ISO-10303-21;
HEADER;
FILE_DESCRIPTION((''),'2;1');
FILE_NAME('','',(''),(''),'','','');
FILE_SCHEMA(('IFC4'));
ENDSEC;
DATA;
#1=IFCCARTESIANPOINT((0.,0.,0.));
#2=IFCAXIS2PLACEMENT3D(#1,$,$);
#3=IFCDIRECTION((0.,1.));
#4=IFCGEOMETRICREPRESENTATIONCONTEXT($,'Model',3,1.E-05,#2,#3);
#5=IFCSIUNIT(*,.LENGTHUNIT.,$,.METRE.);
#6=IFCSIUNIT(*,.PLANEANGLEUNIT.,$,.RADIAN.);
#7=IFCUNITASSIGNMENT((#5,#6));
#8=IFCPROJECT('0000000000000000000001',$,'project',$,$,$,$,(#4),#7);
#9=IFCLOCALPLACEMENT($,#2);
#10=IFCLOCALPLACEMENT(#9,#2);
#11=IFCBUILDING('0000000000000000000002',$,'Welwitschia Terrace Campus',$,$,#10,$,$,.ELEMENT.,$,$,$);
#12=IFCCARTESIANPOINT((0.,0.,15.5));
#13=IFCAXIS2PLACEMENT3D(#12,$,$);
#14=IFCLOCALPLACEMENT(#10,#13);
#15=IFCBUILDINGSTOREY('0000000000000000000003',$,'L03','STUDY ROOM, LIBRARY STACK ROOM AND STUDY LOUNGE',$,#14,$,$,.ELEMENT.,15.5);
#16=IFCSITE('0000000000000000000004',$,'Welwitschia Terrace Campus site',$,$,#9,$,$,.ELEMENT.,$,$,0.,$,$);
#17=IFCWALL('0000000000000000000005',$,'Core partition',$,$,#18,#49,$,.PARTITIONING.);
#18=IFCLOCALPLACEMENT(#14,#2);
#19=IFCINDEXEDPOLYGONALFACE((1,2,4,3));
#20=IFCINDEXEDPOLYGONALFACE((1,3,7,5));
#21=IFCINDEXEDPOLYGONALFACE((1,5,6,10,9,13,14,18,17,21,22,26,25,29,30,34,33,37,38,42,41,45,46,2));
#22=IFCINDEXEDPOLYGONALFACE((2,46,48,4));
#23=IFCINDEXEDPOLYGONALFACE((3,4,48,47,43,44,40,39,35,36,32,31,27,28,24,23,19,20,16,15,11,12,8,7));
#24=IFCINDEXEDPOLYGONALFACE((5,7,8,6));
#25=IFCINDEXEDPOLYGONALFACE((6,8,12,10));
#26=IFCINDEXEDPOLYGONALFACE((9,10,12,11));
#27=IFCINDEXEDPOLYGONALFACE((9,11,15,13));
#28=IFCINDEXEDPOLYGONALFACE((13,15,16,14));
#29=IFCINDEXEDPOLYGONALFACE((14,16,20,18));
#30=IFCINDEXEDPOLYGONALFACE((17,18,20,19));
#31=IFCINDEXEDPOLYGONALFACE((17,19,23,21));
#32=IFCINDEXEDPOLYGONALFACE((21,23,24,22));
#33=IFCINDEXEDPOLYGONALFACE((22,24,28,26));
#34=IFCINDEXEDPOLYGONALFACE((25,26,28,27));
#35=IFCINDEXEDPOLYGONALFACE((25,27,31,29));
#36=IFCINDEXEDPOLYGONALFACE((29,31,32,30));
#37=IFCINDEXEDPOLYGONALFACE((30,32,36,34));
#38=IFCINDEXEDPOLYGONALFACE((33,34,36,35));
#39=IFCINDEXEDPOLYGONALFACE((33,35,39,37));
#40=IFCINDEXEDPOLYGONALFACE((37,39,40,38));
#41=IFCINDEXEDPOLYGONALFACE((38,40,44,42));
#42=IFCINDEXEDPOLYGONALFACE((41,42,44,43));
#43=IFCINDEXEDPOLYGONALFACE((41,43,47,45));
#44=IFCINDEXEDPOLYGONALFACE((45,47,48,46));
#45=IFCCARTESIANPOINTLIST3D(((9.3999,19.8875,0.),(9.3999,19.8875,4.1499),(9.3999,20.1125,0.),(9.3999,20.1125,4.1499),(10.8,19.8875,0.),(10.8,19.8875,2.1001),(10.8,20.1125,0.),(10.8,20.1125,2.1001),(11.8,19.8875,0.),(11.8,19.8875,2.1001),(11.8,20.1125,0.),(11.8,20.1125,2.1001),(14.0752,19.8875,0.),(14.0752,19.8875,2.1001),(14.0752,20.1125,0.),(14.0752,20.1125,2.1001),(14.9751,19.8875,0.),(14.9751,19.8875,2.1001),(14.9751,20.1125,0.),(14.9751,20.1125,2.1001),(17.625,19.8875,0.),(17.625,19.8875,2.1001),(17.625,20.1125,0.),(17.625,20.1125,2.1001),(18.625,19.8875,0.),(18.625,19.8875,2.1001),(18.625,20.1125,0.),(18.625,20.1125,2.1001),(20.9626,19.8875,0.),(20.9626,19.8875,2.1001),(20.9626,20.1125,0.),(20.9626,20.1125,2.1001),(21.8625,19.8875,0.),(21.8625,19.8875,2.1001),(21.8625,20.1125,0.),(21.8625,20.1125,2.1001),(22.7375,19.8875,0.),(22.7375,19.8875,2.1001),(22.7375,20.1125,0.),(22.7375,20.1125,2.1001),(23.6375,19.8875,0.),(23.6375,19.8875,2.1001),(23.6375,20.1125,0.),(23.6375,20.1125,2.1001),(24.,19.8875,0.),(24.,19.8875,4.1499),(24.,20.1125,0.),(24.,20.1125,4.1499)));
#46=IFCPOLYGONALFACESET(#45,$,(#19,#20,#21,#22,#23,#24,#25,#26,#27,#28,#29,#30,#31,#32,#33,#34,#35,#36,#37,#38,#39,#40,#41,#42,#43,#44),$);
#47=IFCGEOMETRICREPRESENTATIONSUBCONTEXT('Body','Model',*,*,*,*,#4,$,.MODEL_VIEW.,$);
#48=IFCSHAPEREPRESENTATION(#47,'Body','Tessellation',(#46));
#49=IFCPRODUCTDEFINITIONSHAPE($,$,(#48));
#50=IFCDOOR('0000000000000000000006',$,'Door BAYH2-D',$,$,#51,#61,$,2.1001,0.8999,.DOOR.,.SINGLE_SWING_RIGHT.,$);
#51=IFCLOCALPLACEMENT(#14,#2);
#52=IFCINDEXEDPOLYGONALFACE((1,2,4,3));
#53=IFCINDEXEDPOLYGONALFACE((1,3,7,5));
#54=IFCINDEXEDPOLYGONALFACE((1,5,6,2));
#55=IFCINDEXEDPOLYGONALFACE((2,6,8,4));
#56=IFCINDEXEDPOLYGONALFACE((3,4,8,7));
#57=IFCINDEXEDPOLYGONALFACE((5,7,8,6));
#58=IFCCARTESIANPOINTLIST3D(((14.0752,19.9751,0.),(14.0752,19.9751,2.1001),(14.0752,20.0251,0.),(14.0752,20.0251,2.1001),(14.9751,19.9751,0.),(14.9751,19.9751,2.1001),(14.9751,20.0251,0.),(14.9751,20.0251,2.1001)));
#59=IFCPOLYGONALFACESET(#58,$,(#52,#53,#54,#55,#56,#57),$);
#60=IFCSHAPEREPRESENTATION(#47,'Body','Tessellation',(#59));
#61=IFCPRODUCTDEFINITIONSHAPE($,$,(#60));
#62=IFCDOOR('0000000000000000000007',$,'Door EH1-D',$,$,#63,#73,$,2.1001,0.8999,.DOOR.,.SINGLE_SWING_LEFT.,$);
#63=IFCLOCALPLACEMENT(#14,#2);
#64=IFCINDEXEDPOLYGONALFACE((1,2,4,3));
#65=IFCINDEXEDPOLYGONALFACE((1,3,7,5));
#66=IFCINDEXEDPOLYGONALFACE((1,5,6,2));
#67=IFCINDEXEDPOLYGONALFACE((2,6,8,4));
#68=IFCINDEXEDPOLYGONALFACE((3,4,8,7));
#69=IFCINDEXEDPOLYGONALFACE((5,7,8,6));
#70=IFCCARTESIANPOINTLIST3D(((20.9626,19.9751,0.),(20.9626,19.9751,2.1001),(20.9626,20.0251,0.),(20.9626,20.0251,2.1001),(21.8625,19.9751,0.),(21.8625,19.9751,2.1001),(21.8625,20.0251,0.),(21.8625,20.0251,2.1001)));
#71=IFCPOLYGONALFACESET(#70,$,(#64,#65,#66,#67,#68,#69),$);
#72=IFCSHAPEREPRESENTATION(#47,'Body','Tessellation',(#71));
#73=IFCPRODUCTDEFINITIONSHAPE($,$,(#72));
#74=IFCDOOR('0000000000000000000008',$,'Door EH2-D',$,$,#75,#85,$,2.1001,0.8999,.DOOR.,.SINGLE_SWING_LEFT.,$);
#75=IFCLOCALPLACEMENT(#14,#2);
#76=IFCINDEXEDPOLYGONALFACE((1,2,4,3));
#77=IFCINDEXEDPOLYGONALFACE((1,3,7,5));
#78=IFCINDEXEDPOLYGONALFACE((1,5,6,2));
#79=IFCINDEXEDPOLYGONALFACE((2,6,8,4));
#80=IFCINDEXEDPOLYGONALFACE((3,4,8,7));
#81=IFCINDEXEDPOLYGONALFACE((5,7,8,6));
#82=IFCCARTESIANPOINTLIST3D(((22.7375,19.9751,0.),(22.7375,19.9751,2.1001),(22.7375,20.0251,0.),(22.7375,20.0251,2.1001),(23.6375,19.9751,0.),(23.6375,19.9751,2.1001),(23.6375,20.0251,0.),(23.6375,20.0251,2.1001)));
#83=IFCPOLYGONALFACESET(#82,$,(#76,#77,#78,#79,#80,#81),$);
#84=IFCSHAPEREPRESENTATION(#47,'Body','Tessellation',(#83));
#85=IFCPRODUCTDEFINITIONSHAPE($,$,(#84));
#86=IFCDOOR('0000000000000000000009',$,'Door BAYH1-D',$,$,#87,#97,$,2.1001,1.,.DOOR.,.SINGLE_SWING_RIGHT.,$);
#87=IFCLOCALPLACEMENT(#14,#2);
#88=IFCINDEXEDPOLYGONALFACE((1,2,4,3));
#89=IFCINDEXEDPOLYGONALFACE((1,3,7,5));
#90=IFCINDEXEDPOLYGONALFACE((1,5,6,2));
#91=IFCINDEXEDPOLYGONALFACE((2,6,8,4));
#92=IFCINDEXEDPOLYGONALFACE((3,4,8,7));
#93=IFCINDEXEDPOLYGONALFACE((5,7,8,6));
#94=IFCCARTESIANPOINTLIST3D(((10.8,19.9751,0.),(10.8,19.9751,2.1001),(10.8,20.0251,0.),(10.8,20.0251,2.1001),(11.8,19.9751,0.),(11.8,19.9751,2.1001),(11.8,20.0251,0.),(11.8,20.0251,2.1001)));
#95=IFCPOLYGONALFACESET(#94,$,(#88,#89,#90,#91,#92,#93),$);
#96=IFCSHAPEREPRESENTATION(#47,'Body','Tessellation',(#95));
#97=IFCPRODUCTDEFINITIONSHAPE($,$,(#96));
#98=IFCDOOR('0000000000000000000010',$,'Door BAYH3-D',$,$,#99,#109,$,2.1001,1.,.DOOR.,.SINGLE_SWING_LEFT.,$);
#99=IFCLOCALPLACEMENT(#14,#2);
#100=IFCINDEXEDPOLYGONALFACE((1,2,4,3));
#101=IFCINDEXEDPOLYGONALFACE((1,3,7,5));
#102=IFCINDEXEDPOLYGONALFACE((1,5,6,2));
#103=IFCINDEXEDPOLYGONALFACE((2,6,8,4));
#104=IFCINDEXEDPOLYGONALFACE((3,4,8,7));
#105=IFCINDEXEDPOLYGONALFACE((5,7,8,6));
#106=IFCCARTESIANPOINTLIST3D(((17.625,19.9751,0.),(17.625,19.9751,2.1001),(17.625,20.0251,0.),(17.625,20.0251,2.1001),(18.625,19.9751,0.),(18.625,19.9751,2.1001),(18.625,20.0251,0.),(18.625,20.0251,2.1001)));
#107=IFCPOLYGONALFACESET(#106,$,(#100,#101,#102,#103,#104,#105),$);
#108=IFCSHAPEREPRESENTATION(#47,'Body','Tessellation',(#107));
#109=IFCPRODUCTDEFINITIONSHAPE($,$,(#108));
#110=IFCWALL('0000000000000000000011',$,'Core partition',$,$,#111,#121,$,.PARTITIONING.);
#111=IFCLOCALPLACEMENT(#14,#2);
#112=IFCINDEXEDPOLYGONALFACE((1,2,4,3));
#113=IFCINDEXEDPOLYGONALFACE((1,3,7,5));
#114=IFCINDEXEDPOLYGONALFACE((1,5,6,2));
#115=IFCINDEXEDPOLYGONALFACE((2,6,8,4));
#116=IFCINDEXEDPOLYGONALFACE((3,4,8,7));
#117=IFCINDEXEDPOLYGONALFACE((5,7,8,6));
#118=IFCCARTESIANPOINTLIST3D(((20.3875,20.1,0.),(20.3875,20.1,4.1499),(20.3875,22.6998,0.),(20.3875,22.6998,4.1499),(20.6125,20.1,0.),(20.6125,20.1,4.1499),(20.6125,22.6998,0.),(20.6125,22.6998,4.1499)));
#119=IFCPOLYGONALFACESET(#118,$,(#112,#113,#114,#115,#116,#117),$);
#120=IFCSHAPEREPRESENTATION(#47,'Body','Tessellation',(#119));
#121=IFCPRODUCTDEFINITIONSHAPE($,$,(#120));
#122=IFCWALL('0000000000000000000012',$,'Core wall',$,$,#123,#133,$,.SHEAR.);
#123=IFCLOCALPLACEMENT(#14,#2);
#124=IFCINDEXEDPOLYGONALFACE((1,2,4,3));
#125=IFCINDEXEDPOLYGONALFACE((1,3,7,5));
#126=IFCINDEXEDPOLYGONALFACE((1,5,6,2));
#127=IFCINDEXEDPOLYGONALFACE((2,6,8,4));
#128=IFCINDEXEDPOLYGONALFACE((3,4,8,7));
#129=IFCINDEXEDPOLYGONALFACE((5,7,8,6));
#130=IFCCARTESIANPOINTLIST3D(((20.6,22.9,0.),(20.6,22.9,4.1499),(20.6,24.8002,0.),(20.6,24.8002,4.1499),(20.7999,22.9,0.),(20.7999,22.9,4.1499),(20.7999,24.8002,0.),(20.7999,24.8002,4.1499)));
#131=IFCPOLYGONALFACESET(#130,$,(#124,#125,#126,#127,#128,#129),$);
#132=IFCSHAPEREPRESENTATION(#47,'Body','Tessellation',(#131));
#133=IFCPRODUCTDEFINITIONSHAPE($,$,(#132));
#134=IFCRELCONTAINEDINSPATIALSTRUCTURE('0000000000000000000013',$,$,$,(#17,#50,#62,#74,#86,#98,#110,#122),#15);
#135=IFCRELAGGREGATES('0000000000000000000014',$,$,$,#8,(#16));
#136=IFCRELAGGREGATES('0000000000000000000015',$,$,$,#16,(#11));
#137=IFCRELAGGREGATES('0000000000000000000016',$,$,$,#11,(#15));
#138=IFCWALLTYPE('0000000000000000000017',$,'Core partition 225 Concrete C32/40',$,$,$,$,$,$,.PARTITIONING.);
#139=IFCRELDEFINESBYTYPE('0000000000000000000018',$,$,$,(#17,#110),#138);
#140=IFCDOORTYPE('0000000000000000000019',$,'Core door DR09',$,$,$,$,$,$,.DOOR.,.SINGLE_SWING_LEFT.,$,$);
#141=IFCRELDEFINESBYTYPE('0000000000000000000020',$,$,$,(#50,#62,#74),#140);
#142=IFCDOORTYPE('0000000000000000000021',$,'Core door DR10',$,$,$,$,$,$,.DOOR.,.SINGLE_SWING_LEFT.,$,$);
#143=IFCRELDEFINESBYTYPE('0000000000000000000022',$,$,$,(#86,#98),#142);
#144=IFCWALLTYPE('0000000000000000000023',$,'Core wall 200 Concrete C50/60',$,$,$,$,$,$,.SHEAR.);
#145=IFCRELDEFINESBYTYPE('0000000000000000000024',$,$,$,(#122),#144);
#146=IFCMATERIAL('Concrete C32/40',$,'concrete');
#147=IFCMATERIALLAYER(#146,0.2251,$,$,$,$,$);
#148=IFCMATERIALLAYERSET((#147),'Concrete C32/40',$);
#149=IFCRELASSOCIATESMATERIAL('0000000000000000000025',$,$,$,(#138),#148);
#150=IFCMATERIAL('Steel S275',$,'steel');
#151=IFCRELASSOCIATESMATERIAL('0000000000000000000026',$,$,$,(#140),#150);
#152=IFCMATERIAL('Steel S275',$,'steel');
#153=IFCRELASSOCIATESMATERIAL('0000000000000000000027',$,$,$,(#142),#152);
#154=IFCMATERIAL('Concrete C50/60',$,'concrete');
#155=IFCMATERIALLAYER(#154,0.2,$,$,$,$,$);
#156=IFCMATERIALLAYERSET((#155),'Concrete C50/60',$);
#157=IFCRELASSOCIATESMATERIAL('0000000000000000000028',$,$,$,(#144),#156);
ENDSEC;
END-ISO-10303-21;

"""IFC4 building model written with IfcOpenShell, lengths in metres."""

from ifc_helpers import new_model, si_unit, direction, frame, frame_2d, origin, place, context, subcontext, project, spatial, rectangle, extrude, material, layer, layer_set, type_object, element, fill, save


model = new_model("IFC4")

# Units and contexts
model_context = context("Model", 3, precision=1e-05, world=origin(), true_north=direction((0.0, 1.0)))
body_context = subcontext(model_context, "Body", "Model", "MODEL_VIEW")
ifc_project = project(units=[si_unit("LENGTHUNIT", "METRE"), si_unit("PLANEANGLEUNIT", "RADIAN")], contexts=[model_context])

# Site, building, storey
site_placement = place(None, origin())
site = spatial("IfcSite", under=ifc_project, at=site_placement, Name="Welwitschia Terrace Campus site", CompositionType="ELEMENT", RefElevation=0.0)
building_placement = place(site_placement, origin())
building = spatial("IfcBuilding", under=site, at=building_placement, Name="Welwitschia Terrace Campus", CompositionType="ELEMENT")
storey_placement = place(building_placement, frame((0.0, 0.0, 15.5)))
storey = spatial("IfcBuildingStorey", under=building, at=storey_placement, Name="L03", Description="STUDY ROOM, LIBRARY STACK ROOM AND STUDY LOUNGE", CompositionType="ELEMENT", Elevation=15.5)

# Wall, openings, doors
ifc_material_1 = material(Name="Concrete C32/40", Category="concrete")
ifc_layer_1 = layer(ifc_material_1, 0.2251)
ifc_layer_set_1 = layer_set([ifc_layer_1], Name="Concrete C32/40")
wall_type_1 = type_object("IfcWallType", Name="Core partition 225 Concrete C32/40", PredefinedType="PARTITIONING", material=ifc_layer_set_1)
wall_1_placement = place(storey_placement, frame((24.0, 20.0, 0.0), z_axis=(0.0, 0.0, 1.0), x_axis=(-1.0, 0.0, 0.0)))
wall_1 = element("IfcWall", 1, at=wall_1_placement, inside=storey, type_object=wall_type_1, Name="Core partition", PredefinedType="PARTITIONING", context=body_context, shape_type="SweptSolid", body=[
    extrude(rectangle(XDim=14.6001, YDim=0.2251, at=frame_2d((7.3, 0.0))), origin(), (0.0, 0.0, 1.0), 4.1499),
])
opening_1_placement = place(wall_1_placement, frame((12.2, 0.0, 0.0)))
opening_1 = element("IfcOpeningElement", 2, at=opening_1_placement, cuts=wall_1, PredefinedType="OPENING", context=body_context, shape_type="SweptSolid", body=[
    extrude(rectangle(XDim=1.0, YDim=2.1001, at=frame_2d((0.5, 1.05))), frame((0.0, 0.1226, 0.0), z_axis=(0.0, -1.0, 0.0), x_axis=(1.0, 0.0, 0.0)), (0.0, 0.0, 1.0), 0.2451),
])
opening_2_placement = place(wall_1_placement, frame((9.0249, 0.0, 0.0)))
opening_2 = element("IfcOpeningElement", 3, at=opening_2_placement, cuts=wall_1, PredefinedType="OPENING", context=body_context, shape_type="SweptSolid", body=[
    extrude(rectangle(XDim=0.8999, YDim=2.1001, at=frame_2d((0.45, 1.05))), frame((0.0, 0.1226, 0.0), z_axis=(0.0, -1.0, 0.0), x_axis=(1.0, 0.0, 0.0)), (0.0, 0.0, 1.0), 0.2451),
])
opening_3_placement = place(wall_1_placement, frame((5.375, 0.0, 0.0)))
opening_3 = element("IfcOpeningElement", 4, at=opening_3_placement, cuts=wall_1, PredefinedType="OPENING", context=body_context, shape_type="SweptSolid", body=[
    extrude(rectangle(XDim=1.0, YDim=2.1001, at=frame_2d((0.5, 1.05))), frame((0.0, 0.1226, 0.0), z_axis=(0.0, -1.0, 0.0), x_axis=(1.0, 0.0, 0.0)), (0.0, 0.0, 1.0), 0.2451),
])
opening_4_placement = place(wall_1_placement, frame((2.1375, 0.0, 0.0)))
opening_4 = element("IfcOpeningElement", 5, at=opening_4_placement, cuts=wall_1, PredefinedType="OPENING", context=body_context, shape_type="SweptSolid", body=[
    extrude(rectangle(XDim=0.8999, YDim=2.1001, at=frame_2d((0.45, 1.05))), frame((0.0, 0.1226, 0.0), z_axis=(0.0, -1.0, 0.0), x_axis=(1.0, 0.0, 0.0)), (0.0, 0.0, 1.0), 0.2451),
])
opening_5_placement = place(wall_1_placement, frame((0.3625, 0.0, 0.0)))
opening_5 = element("IfcOpeningElement", 6, at=opening_5_placement, cuts=wall_1, PredefinedType="OPENING", context=body_context, shape_type="SweptSolid", body=[
    extrude(rectangle(XDim=0.8999, YDim=2.1001, at=frame_2d((0.45, 1.05))), frame((0.0, 0.1226, 0.0), z_axis=(0.0, -1.0, 0.0), x_axis=(1.0, 0.0, 0.0)), (0.0, 0.0, 1.0), 0.2451),
])
ifc_material_2 = material(Name="Steel S275", Category="steel")
door_type_1 = type_object("IfcDoorType", Name="Core door DR09", OperationType="SINGLE_SWING_LEFT", PredefinedType="DOOR", material=ifc_material_2)
door_1_placement = place(opening_2_placement, origin())
door_1 = element("IfcDoor", 7, at=door_1_placement, inside=storey, type_object=door_type_1, Name="Door BAYH2-D", OperationType="SINGLE_SWING_RIGHT", OverallHeight=2.1001, OverallWidth=0.8999, PredefinedType="DOOR", context=body_context, shape_type="SweptSolid", body=[
    extrude(rectangle(XDim=0.8999, YDim=2.1001, at=frame_2d((0.45, 1.05))), frame((0.0, 0.0249, 0.0), z_axis=(0.0, -1.0, 0.0), x_axis=(1.0, 0.0, 0.0)), (0.0, 0.0, 1.0), 0.05),
])
fill(opening_2, door_1)
door_2_placement = place(opening_4_placement, origin())
door_2 = element("IfcDoor", 8, at=door_2_placement, inside=storey, type_object=door_type_1, Name="Door EH1-D", OperationType="SINGLE_SWING_LEFT", OverallHeight=2.1001, OverallWidth=0.8999, PredefinedType="DOOR", context=body_context, shape_type="SweptSolid", body=[
    extrude(rectangle(XDim=0.8999, YDim=2.1001, at=frame_2d((0.45, 1.05))), frame((0.0, 0.0249, 0.0), z_axis=(0.0, -1.0, 0.0), x_axis=(1.0, 0.0, 0.0)), (0.0, 0.0, 1.0), 0.05),
])
fill(opening_4, door_2)
door_3_placement = place(opening_5_placement, origin())
door_3 = element("IfcDoor", 9, at=door_3_placement, inside=storey, type_object=door_type_1, Name="Door EH2-D", OperationType="SINGLE_SWING_LEFT", OverallHeight=2.1001, OverallWidth=0.8999, PredefinedType="DOOR", context=body_context, shape_type="SweptSolid", body=[
    extrude(rectangle(XDim=0.8999, YDim=2.1001, at=frame_2d((0.45, 1.05))), frame((0.0, 0.0249, 0.0), z_axis=(0.0, -1.0, 0.0), x_axis=(1.0, 0.0, 0.0)), (0.0, 0.0, 1.0), 0.05),
])
fill(opening_5, door_3)
ifc_material_3 = material(Name="Steel S275", Category="steel")
door_type_2 = type_object("IfcDoorType", Name="Core door DR10", OperationType="SINGLE_SWING_LEFT", PredefinedType="DOOR", material=ifc_material_3)
door_4_placement = place(opening_1_placement, origin())
door_4 = element("IfcDoor", 10, at=door_4_placement, inside=storey, type_object=door_type_2, Name="Door BAYH1-D", OperationType="SINGLE_SWING_RIGHT", OverallHeight=2.1001, OverallWidth=1.0, PredefinedType="DOOR", context=body_context, shape_type="SweptSolid", body=[
    extrude(rectangle(XDim=1.0, YDim=2.1001, at=frame_2d((0.5, 1.05))), frame((0.0, 0.0249, 0.0), z_axis=(0.0, -1.0, 0.0), x_axis=(1.0, 0.0, 0.0)), (0.0, 0.0, 1.0), 0.05),
])
fill(opening_1, door_4)
door_5_placement = place(opening_3_placement, origin())
door_5 = element("IfcDoor", 11, at=door_5_placement, inside=storey, type_object=door_type_2, Name="Door BAYH3-D", OperationType="SINGLE_SWING_LEFT", OverallHeight=2.1001, OverallWidth=1.0, PredefinedType="DOOR", context=body_context, shape_type="SweptSolid", body=[
    extrude(rectangle(XDim=1.0, YDim=2.1001, at=frame_2d((0.5, 1.05))), frame((0.0, 0.0249, 0.0), z_axis=(0.0, -1.0, 0.0), x_axis=(1.0, 0.0, 0.0)), (0.0, 0.0, 1.0), 0.05),
])
fill(opening_3, door_5)

# Walls
wall_2_placement = place(storey_placement, frame((20.5, 20.1001, 0.0), z_axis=(0.0, 0.0, 1.0), x_axis=(0.0, 1.0, 0.0)))
element("IfcWall", 12, at=wall_2_placement, inside=storey, type_object=wall_type_1, Name="Core partition", PredefinedType="PARTITIONING", context=body_context, shape_type="SweptSolid", body=[
    extrude(rectangle(XDim=2.5999, YDim=0.2251, at=frame_2d((1.2998, 0.0))), origin(), (0.0, 0.0, 1.0), 4.1499),
])
ifc_material_4 = material(Name="Concrete C50/60", Category="concrete")
ifc_layer_2 = layer(ifc_material_4, 0.2)
ifc_layer_set_2 = layer_set([ifc_layer_2], Name="Concrete C50/60")
wall_type_2 = type_object("IfcWallType", Name="Core wall 200 Concrete C50/60", PredefinedType="SHEAR", material=ifc_layer_set_2)
wall_3_placement = place(storey_placement, frame((20.7, 22.8999, 0.0), z_axis=(0.0, 0.0, 1.0), x_axis=(0.0, 1.0, 0.0)))
element("IfcWall", 13, at=wall_3_placement, inside=storey, type_object=wall_type_2, Name="Core wall", PredefinedType="SHEAR", context=body_context, shape_type="SweptSolid", body=[
    extrude(rectangle(XDim=1.9001, YDim=0.2, at=frame_2d((0.9502, 0.0))), origin(), (0.0, 0.0, 1.0), 4.1499),
])

save(model, "model.ifc")
